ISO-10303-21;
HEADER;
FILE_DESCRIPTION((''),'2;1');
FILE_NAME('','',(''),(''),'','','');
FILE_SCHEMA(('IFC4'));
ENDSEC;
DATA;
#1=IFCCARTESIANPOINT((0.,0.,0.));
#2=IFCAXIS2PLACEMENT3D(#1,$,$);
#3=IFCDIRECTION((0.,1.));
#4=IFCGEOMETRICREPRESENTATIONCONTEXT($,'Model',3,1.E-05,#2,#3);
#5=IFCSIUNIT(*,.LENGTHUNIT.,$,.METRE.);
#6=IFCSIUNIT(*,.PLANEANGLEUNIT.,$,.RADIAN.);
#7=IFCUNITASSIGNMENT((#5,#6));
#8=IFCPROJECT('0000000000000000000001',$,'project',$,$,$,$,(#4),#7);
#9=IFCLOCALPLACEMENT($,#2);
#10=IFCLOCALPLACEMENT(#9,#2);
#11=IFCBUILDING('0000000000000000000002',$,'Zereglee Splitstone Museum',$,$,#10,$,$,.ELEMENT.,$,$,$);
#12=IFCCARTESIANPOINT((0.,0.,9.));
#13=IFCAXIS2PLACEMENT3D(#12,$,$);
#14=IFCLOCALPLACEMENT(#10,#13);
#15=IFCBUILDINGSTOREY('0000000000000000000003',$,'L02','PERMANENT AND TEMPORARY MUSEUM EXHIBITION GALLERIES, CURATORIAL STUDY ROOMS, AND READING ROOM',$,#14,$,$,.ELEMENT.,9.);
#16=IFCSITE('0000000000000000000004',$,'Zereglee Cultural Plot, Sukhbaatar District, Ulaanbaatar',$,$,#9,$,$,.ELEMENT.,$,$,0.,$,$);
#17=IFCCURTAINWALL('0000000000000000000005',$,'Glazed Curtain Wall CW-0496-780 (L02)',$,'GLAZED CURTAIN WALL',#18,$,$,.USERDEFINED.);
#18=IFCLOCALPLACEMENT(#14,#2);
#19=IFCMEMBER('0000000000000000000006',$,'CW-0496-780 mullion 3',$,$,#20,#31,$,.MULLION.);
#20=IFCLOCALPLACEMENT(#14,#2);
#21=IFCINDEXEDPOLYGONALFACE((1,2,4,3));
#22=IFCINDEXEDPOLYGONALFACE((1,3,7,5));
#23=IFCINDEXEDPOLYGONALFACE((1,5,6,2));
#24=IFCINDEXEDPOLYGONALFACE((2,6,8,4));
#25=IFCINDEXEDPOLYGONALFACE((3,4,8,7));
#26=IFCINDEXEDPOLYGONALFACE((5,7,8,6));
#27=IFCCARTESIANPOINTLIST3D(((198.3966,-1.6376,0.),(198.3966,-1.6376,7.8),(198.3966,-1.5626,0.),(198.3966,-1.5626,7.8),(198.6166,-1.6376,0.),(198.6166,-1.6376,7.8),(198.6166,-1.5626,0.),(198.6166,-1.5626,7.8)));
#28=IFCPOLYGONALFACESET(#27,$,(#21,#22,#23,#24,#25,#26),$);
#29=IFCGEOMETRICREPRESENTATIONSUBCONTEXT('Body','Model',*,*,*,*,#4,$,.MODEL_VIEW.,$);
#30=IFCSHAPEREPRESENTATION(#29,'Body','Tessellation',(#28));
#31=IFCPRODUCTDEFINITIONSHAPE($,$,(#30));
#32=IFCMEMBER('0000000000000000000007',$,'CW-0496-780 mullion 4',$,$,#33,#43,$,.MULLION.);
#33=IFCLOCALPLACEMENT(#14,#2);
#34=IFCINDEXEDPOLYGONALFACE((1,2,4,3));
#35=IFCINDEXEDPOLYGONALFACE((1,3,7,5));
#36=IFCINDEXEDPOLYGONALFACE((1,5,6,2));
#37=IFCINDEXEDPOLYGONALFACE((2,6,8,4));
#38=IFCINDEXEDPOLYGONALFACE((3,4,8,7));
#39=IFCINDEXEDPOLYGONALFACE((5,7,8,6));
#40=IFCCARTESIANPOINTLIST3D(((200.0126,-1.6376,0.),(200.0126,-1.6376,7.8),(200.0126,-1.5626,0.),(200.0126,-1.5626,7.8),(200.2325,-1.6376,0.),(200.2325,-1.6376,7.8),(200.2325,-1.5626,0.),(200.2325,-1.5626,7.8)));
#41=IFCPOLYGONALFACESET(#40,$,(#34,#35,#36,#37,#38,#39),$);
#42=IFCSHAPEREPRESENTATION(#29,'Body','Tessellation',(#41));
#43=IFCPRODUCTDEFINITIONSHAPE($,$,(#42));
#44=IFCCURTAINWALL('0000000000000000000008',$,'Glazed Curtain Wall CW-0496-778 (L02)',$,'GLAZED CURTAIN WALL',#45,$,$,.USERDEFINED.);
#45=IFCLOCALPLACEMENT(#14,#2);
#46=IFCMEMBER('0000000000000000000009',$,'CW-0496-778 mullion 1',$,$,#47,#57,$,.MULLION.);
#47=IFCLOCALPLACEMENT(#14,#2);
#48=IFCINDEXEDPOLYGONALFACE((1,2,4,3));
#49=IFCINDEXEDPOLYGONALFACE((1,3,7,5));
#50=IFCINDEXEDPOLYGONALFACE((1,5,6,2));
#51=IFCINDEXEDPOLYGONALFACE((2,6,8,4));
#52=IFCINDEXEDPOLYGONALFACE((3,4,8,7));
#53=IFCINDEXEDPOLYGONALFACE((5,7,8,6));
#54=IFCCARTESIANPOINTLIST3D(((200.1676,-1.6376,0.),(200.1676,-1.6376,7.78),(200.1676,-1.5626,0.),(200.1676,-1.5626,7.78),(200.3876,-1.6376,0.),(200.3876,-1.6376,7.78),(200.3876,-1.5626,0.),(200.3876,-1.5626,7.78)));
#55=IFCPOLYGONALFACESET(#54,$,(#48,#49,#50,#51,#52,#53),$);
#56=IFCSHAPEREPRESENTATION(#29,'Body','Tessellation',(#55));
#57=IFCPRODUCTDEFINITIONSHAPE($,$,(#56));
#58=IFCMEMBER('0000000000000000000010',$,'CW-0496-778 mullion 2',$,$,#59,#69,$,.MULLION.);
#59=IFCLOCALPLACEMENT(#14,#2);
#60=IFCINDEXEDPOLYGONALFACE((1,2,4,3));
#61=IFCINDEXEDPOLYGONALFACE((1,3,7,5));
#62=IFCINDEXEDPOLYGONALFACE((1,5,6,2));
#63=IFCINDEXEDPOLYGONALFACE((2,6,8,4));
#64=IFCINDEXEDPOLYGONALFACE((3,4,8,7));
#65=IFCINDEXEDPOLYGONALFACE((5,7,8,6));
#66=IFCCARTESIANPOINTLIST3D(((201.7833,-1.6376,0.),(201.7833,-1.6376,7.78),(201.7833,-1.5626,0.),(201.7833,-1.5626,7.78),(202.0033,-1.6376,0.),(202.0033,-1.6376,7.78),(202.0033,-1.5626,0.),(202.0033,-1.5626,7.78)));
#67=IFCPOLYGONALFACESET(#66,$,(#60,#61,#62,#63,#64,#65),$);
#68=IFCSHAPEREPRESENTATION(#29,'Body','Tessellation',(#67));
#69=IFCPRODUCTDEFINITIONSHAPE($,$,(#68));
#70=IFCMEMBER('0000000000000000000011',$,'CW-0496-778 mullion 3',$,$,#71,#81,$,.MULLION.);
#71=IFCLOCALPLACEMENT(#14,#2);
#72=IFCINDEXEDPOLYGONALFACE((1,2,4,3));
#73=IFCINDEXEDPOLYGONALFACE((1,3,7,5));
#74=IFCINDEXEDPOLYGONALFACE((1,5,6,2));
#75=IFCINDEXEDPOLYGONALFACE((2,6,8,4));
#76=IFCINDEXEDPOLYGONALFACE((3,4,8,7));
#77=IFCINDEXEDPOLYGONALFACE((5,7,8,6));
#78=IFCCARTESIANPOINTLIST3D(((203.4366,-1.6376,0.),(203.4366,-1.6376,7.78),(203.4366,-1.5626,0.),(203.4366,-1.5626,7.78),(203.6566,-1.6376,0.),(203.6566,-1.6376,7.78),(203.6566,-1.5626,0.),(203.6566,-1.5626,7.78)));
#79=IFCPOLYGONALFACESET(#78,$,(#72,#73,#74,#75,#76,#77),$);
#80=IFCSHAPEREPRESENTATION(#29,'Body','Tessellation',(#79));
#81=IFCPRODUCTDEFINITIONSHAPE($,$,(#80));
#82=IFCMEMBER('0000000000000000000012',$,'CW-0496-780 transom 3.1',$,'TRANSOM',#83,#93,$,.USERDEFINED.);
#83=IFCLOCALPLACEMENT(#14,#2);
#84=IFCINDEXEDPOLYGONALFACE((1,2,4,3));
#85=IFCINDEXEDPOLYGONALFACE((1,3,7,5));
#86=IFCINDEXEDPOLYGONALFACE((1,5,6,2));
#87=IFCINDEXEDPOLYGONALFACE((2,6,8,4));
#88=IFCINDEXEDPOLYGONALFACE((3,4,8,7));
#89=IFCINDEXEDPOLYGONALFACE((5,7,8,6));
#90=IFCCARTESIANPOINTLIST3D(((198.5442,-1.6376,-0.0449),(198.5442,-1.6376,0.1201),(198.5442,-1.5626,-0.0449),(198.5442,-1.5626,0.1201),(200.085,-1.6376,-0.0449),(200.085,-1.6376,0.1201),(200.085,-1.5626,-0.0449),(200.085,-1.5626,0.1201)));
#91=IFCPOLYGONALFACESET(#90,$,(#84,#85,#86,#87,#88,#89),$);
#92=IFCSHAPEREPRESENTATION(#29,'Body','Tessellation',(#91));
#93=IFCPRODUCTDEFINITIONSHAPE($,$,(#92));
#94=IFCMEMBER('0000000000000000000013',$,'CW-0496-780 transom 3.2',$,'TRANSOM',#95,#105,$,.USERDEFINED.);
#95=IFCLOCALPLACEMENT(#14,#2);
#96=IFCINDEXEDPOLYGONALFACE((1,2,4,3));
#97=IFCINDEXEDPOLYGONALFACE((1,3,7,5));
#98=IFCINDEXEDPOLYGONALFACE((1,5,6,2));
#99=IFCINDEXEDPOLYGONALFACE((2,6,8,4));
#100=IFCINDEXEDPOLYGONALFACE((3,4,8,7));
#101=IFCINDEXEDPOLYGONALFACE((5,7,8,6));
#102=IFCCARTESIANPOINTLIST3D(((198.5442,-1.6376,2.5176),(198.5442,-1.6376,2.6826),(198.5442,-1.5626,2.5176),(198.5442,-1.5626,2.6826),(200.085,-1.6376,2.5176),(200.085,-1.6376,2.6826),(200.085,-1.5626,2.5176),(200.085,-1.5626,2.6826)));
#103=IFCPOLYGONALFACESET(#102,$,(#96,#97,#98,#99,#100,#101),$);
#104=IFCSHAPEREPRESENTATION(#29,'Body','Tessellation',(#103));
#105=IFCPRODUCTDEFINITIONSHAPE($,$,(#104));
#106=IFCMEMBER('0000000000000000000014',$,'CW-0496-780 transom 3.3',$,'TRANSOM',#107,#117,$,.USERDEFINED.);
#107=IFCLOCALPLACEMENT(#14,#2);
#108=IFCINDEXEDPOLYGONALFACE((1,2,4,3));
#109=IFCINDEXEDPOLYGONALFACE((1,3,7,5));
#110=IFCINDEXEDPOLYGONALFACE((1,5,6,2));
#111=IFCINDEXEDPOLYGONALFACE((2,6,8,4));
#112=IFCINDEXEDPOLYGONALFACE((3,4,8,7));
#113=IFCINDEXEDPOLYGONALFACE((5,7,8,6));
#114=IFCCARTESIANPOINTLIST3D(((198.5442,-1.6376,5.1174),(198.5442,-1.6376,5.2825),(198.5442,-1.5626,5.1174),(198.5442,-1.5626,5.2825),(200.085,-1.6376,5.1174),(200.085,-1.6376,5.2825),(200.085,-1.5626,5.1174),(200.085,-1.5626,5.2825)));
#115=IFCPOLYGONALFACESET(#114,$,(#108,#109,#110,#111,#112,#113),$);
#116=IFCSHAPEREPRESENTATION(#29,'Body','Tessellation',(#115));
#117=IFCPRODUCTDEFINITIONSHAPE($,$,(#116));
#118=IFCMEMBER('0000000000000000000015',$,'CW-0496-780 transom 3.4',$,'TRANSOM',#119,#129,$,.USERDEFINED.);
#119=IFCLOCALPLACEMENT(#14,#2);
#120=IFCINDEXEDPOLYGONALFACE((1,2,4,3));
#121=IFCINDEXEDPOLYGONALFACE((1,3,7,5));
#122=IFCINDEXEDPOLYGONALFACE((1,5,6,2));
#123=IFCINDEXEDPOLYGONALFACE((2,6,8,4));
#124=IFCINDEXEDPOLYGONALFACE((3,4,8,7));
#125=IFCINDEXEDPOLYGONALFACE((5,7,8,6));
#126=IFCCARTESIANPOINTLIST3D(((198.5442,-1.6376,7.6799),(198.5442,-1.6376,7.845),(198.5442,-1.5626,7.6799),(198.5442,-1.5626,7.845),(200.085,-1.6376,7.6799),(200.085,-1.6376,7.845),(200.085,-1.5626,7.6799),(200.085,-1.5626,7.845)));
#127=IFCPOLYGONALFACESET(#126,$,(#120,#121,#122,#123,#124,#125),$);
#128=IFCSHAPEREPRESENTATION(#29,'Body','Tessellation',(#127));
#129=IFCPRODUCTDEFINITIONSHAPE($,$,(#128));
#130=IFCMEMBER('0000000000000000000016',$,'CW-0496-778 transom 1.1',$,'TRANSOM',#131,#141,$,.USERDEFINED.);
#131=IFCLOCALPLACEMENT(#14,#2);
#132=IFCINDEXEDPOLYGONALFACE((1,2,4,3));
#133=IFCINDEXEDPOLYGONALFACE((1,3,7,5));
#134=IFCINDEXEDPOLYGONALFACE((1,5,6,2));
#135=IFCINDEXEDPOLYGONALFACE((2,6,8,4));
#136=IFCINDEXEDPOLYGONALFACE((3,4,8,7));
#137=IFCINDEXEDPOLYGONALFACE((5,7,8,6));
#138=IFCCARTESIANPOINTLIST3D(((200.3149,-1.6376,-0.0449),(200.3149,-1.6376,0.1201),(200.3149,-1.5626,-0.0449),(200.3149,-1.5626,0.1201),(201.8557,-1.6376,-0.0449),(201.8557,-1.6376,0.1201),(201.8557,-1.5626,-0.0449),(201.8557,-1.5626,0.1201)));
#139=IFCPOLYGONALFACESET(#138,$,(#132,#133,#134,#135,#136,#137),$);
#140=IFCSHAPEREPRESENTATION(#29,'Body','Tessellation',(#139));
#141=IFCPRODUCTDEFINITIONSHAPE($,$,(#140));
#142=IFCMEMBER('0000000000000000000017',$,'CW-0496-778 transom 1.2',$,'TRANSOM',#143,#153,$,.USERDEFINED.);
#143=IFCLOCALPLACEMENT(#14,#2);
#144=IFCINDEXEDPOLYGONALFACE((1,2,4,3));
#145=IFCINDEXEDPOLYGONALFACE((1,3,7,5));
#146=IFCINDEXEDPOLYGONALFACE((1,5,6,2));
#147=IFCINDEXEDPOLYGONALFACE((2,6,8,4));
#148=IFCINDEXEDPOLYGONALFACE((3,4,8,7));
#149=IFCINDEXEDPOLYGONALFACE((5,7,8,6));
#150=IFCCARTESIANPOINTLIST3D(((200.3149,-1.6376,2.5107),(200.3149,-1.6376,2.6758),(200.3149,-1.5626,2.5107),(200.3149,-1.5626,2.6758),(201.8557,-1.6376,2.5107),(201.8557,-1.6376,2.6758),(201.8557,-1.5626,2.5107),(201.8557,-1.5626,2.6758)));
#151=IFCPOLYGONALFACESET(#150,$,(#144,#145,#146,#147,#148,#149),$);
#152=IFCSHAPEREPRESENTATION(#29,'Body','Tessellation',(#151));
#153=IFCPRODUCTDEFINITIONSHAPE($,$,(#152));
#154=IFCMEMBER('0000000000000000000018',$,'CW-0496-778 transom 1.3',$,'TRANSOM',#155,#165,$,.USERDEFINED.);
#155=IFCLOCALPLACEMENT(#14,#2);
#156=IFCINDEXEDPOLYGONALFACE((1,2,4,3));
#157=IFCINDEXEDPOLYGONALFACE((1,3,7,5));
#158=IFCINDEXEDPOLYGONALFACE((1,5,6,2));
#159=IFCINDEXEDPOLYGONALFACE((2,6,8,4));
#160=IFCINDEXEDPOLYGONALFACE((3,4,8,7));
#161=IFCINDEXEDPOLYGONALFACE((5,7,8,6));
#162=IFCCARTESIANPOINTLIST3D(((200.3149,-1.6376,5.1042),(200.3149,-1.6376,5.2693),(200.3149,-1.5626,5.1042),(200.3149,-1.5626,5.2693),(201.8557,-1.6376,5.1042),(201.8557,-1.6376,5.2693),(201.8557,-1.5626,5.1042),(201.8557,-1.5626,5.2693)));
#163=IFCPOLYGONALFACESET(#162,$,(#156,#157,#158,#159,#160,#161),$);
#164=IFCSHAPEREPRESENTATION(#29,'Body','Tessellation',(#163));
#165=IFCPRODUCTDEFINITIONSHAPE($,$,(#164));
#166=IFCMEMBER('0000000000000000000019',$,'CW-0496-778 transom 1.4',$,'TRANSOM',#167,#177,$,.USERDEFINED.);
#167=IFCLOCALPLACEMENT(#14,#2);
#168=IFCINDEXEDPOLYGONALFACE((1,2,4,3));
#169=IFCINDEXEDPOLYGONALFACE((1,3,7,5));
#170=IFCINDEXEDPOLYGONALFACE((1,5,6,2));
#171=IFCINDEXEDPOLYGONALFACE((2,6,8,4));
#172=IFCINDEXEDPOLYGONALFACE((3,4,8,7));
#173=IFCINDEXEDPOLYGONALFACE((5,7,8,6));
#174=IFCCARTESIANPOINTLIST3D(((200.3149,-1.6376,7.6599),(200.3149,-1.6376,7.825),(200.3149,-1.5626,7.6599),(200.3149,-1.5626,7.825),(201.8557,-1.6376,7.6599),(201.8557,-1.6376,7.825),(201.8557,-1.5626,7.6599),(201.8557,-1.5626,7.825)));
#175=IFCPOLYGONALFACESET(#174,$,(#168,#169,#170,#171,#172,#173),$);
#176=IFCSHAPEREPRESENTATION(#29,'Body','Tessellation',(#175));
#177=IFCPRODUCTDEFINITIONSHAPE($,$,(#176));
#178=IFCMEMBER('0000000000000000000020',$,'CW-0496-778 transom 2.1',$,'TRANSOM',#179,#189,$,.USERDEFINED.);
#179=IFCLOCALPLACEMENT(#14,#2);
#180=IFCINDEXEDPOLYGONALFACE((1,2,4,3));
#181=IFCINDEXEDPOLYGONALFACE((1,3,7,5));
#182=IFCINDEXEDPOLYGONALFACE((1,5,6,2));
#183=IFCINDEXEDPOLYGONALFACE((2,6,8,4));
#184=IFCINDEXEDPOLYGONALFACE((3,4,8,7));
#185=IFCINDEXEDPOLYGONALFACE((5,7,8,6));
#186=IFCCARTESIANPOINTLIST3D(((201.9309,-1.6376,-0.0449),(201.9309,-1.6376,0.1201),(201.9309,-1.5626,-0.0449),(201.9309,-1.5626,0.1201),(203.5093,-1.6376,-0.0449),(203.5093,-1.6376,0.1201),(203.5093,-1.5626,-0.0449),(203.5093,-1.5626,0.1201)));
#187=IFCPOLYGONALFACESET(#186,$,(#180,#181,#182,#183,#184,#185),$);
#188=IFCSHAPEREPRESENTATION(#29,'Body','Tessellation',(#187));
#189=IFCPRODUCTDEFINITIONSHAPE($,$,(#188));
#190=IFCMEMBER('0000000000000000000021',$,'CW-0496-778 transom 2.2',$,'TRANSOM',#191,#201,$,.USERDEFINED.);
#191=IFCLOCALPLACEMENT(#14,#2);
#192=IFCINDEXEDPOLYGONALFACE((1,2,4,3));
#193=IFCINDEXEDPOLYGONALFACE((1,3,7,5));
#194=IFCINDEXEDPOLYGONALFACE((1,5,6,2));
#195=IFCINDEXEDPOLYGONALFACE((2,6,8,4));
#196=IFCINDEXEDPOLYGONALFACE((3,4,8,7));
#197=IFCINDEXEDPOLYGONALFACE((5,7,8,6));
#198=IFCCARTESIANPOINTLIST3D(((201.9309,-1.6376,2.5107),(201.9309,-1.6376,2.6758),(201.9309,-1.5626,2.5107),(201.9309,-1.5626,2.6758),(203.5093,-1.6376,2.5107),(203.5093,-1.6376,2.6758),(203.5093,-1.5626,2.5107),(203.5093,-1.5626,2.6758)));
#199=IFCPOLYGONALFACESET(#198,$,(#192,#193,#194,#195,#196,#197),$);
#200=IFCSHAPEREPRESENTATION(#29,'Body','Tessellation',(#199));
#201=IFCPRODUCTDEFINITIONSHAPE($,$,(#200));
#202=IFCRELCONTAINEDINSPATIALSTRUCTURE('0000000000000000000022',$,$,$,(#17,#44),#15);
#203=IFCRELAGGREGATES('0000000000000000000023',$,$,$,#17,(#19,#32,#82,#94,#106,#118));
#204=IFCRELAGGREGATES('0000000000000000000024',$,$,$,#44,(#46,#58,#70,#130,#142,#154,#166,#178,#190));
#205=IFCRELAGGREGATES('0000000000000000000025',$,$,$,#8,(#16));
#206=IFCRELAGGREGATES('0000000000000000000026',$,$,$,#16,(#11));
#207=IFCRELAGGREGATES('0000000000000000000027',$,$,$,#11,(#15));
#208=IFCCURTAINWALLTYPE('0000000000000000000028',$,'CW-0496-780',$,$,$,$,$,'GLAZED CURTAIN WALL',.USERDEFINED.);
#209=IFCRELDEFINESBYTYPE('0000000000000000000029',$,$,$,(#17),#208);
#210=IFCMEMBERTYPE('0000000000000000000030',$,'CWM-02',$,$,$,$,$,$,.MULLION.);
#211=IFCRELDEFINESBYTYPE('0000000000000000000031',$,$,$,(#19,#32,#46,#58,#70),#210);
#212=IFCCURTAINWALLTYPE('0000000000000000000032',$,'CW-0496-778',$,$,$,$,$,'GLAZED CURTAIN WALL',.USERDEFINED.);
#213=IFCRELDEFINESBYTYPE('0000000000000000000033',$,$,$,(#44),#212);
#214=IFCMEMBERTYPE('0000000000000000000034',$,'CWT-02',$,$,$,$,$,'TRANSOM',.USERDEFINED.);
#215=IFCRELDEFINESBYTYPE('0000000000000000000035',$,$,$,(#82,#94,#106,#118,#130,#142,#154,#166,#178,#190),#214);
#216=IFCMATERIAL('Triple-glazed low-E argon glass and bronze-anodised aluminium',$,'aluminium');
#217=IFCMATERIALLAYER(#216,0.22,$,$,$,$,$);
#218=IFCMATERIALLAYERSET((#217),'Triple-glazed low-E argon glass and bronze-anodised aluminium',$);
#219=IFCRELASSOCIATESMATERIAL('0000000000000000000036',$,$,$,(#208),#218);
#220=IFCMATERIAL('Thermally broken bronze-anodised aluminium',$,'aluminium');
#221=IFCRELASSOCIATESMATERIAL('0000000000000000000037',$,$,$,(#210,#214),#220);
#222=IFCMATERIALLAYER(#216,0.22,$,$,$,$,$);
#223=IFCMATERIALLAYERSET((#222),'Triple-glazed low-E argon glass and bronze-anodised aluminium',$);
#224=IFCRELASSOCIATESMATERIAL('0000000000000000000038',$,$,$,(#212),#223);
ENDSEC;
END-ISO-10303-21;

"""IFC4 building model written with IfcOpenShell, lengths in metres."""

from ifc_helpers import new_model, si_unit, direction, frame, origin, origin_2d, place, context, subcontext, project, spatial, rectangle, extrude, material, layer, layer_set, material_profile, profile_set, type_object, element, aggregate, save


model = new_model("IFC4")

# Units and contexts
model_context = context("Model", 3, precision=1e-05, world=origin(), true_north=direction((0.0, 1.0)))
body_context = subcontext(model_context, "Body", "Model", "MODEL_VIEW")
ifc_project = project(units=[si_unit("LENGTHUNIT", "METRE"), si_unit("PLANEANGLEUNIT", "RADIAN")], contexts=[model_context])

# Site, building, storey
site_placement = place(None, origin())
site = spatial("IfcSite", under=ifc_project, at=site_placement, Name="Zereglee Cultural Plot, Sukhbaatar District, Ulaanbaatar", CompositionType="ELEMENT", RefElevation=0.0)
building_placement = place(site_placement, origin())
building = spatial("IfcBuilding", under=site, at=building_placement, Name="Zereglee Splitstone Museum", CompositionType="ELEMENT")
storey_placement = place(building_placement, frame((0.0, 0.0, 9.0)))
storey = spatial("IfcBuildingStorey", under=building, at=storey_placement, Name="L02", Description="PERMANENT AND TEMPORARY MUSEUM EXHIBITION GALLERIES, CURATORIAL STUDY ROOMS, AND READING ROOM", CompositionType="ELEMENT", Elevation=9.0)

# Curtain walls, members
ifc_material_1 = material(Name="Triple-glazed low-E argon glass and bronze-anodised aluminium", Category="aluminium")
ifc_layer_1 = layer(ifc_material_1, 0.22)
ifc_layer_set_1 = layer_set([ifc_layer_1], Name="Triple-glazed low-E argon glass and bronze-anodised aluminium")
curtain_wall_type_1 = type_object("IfcCurtainWallType", Name="CW-0496-780", ElementType="GLAZED CURTAIN WALL", PredefinedType="USERDEFINED", material=ifc_layer_set_1)
curtain_wall_1_placement = place(storey_placement, origin())
curtain_wall_1 = element("IfcCurtainWall", 1, at=curtain_wall_1_placement, inside=storey, type_object=curtain_wall_type_1, Name="Glazed Curtain Wall CW-0496-780 (L02)", ObjectType="GLAZED CURTAIN WALL", PredefinedType="USERDEFINED")
ifc_material_2 = material(Name="Thermally broken bronze-anodised aluminium", Category="aluminium")
ifc_material_profile_1 = material_profile(ifc_material_2, rectangle(XDim=0.075, YDim=0.22, at=origin_2d()), Name="CW MULL 75x220")
ifc_profile_set_1 = profile_set([ifc_material_profile_1], Name="Thermally broken bronze-anodised aluminium")
member_type_1 = type_object("IfcMemberType", Name="CWM-02", PredefinedType="MULLION", material=ifc_profile_set_1)
member_1_placement = place(storey_placement, frame((198.5066, -1.6001, 0.0), z_axis=(0.0, 0.0, 1.0), x_axis=(0.0, 1.0, 0.0)))
member_1 = element("IfcMember", 2, at=member_1_placement, type_object=member_type_1, Name="CW-0496-780 mullion 3", PredefinedType="MULLION", context=body_context, shape_type="SweptSolid", body=[
    extrude(rectangle(XDim=0.075, YDim=0.22, at=origin_2d()), origin(), (0.0, 0.0, 1.0), 7.8),
])
member_2_placement = place(storey_placement, frame((200.1226, -1.6001, 0.0), z_axis=(0.0, 0.0, 1.0), x_axis=(0.0, 1.0, 0.0)))
member_2 = element("IfcMember", 3, at=member_2_placement, type_object=member_type_1, Name="CW-0496-780 mullion 4", PredefinedType="MULLION", context=body_context, shape_type="SweptSolid", body=[
    extrude(rectangle(XDim=0.075, YDim=0.22, at=origin_2d()), origin(), (0.0, 0.0, 1.0), 7.8),
])
ifc_layer_2 = layer(ifc_material_1, 0.22)
ifc_layer_set_2 = layer_set([ifc_layer_2], Name="Triple-glazed low-E argon glass and bronze-anodised aluminium")
curtain_wall_type_2 = type_object("IfcCurtainWallType", Name="CW-0496-778", ElementType="GLAZED CURTAIN WALL", PredefinedType="USERDEFINED", material=ifc_layer_set_2)
curtain_wall_2_placement = place(storey_placement, origin())
curtain_wall_2 = element("IfcCurtainWall", 4, at=curtain_wall_2_placement, inside=storey, type_object=curtain_wall_type_2, Name="Glazed Curtain Wall CW-0496-778 (L02)", ObjectType="GLAZED CURTAIN WALL", PredefinedType="USERDEFINED")
member_3_placement = place(storey_placement, frame((200.2776, -1.6001, 0.0), z_axis=(0.0, 0.0, 1.0), x_axis=(0.0, 1.0, 0.0)))
member_3 = element("IfcMember", 5, at=member_3_placement, type_object=member_type_1, Name="CW-0496-778 mullion 1", PredefinedType="MULLION", context=body_context, shape_type="SweptSolid", body=[
    extrude(rectangle(XDim=0.075, YDim=0.22, at=origin_2d()), origin(), (0.0, 0.0, 1.0), 7.78),
])
member_4_placement = place(storey_placement, frame((201.8933, -1.6001, 0.0), z_axis=(0.0, 0.0, 1.0), x_axis=(0.0, 1.0, 0.0)))
member_4 = element("IfcMember", 6, at=member_4_placement, type_object=member_type_1, Name="CW-0496-778 mullion 2", PredefinedType="MULLION", context=body_context, shape_type="SweptSolid", body=[
    extrude(rectangle(XDim=0.075, YDim=0.22, at=origin_2d()), origin(), (0.0, 0.0, 1.0), 7.78),
])
member_5_placement = place(storey_placement, frame((203.5466, -1.6001, 0.0), z_axis=(0.0, 0.0, 1.0), x_axis=(0.0, 1.0, 0.0)))
member_5 = element("IfcMember", 7, at=member_5_placement, type_object=member_type_1, Name="CW-0496-778 mullion 3", PredefinedType="MULLION", context=body_context, shape_type="SweptSolid", body=[
    extrude(rectangle(XDim=0.075, YDim=0.22, at=origin_2d()), origin(), (0.0, 0.0, 1.0), 7.78),
])

# Members
ifc_material_profile_2 = material_profile(ifc_material_2, rectangle(XDim=0.075, YDim=0.165, at=origin_2d()), Name="CW TRAN 75x165")
ifc_profile_set_2 = profile_set([ifc_material_profile_2], Name="Thermally broken bronze-anodised aluminium")
member_type_2 = type_object("IfcMemberType", Name="CWT-02", ElementType="TRANSOM", PredefinedType="USERDEFINED", material=ifc_profile_set_2)
member_6_placement = place(storey_placement, frame((198.5442, -1.6001, 0.0376), z_axis=(1.0, 0.0, 0.0), x_axis=(0.0, 1.0, 0.0)))
member_6 = element("IfcMember", 8, at=member_6_placement, type_object=member_type_2, Name="CW-0496-780 transom 3.1", ObjectType="TRANSOM", PredefinedType="USERDEFINED", context=body_context, shape_type="SweptSolid", body=[
    extrude(rectangle(XDim=0.075, YDim=0.165, at=origin_2d()), origin(), (0.0, 0.0, 1.0), 1.5408),
])
member_7_placement = place(storey_placement, frame((198.5442, -1.6001, 2.6001), z_axis=(1.0, 0.0, 0.0), x_axis=(0.0, 1.0, 0.0)))
member_7 = element("IfcMember", 9, at=member_7_placement, type_object=member_type_2, Name="CW-0496-780 transom 3.2", ObjectType="TRANSOM", PredefinedType="USERDEFINED", context=body_context, shape_type="SweptSolid", body=[
    extrude(rectangle(XDim=0.075, YDim=0.165, at=origin_2d()), origin(), (0.0, 0.0, 1.0), 1.5408),
])
member_8_placement = place(storey_placement, frame((198.5442, -1.6001, 5.2), z_axis=(1.0, 0.0, 0.0), x_axis=(0.0, 1.0, 0.0)))
member_8 = element("IfcMember", 10, at=member_8_placement, type_object=member_type_2, Name="CW-0496-780 transom 3.3", ObjectType="TRANSOM", PredefinedType="USERDEFINED", context=body_context, shape_type="SweptSolid", body=[
    extrude(rectangle(XDim=0.075, YDim=0.165, at=origin_2d()), origin(), (0.0, 0.0, 1.0), 1.5408),
])
member_9_placement = place(storey_placement, frame((198.5442, -1.6001, 7.7625), z_axis=(1.0, 0.0, 0.0), x_axis=(0.0, 1.0, 0.0)))
member_9 = element("IfcMember", 11, at=member_9_placement, type_object=member_type_2, Name="CW-0496-780 transom 3.4", ObjectType="TRANSOM", PredefinedType="USERDEFINED", context=body_context, shape_type="SweptSolid", body=[
    extrude(rectangle(XDim=0.075, YDim=0.165, at=origin_2d()), origin(), (0.0, 0.0, 1.0), 1.5408),
])
member_10_placement = place(storey_placement, frame((200.3149, -1.6001, 0.0376), z_axis=(1.0, 0.0, 0.0), x_axis=(0.0, 1.0, 0.0)))
member_10 = element("IfcMember", 12, at=member_10_placement, type_object=member_type_2, Name="CW-0496-778 transom 1.1", ObjectType="TRANSOM", PredefinedType="USERDEFINED", context=body_context, shape_type="SweptSolid", body=[
    extrude(rectangle(XDim=0.075, YDim=0.165, at=origin_2d()), origin(), (0.0, 0.0, 1.0), 1.5408),
])
member_11_placement = place(storey_placement, frame((200.3149, -1.6001, 2.5933), z_axis=(1.0, 0.0, 0.0), x_axis=(0.0, 1.0, 0.0)))
member_11 = element("IfcMember", 13, at=member_11_placement, type_object=member_type_2, Name="CW-0496-778 transom 1.2", ObjectType="TRANSOM", PredefinedType="USERDEFINED", context=body_context, shape_type="SweptSolid", body=[
    extrude(rectangle(XDim=0.075, YDim=0.165, at=origin_2d()), origin(), (0.0, 0.0, 1.0), 1.5408),
])
member_12_placement = place(storey_placement, frame((200.3149, -1.6001, 5.1868), z_axis=(1.0, 0.0, 0.0), x_axis=(0.0, 1.0, 0.0)))
member_12 = element("IfcMember", 14, at=member_12_placement, type_object=member_type_2, Name="CW-0496-778 transom 1.3", ObjectType="TRANSOM", PredefinedType="USERDEFINED", context=body_context, shape_type="SweptSolid", body=[
    extrude(rectangle(XDim=0.075, YDim=0.165, at=origin_2d()), origin(), (0.0, 0.0, 1.0), 1.5408),
])
member_13_placement = place(storey_placement, frame((200.3149, -1.6001, 7.7424), z_axis=(1.0, 0.0, 0.0), x_axis=(0.0, 1.0, 0.0)))
member_13 = element("IfcMember", 15, at=member_13_placement, type_object=member_type_2, Name="CW-0496-778 transom 1.4", ObjectType="TRANSOM", PredefinedType="USERDEFINED", context=body_context, shape_type="SweptSolid", body=[
    extrude(rectangle(XDim=0.075, YDim=0.165, at=origin_2d()), origin(), (0.0, 0.0, 1.0), 1.5408),
])
member_14_placement = place(storey_placement, frame((201.9309, -1.6001, 0.0376), z_axis=(1.0, 0.0, 0.0), x_axis=(0.0, 1.0, 0.0)))
member_14 = element("IfcMember", 16, at=member_14_placement, type_object=member_type_2, Name="CW-0496-778 transom 2.1", ObjectType="TRANSOM", PredefinedType="USERDEFINED", context=body_context, shape_type="SweptSolid", body=[
    extrude(rectangle(XDim=0.075, YDim=0.165, at=origin_2d()), origin(), (0.0, 0.0, 1.0), 1.5784),
])
member_15_placement = place(storey_placement, frame((201.9309, -1.6001, 2.5933), z_axis=(1.0, 0.0, 0.0), x_axis=(0.0, 1.0, 0.0)))
member_15 = element("IfcMember", 17, at=member_15_placement, type_object=member_type_2, Name="CW-0496-778 transom 2.2", ObjectType="TRANSOM", PredefinedType="USERDEFINED", context=body_context, shape_type="SweptSolid", body=[
    extrude(rectangle(XDim=0.075, YDim=0.165, at=origin_2d()), origin(), (0.0, 0.0, 1.0), 1.5784),
])

aggregate(curtain_wall_1, [member_1, member_2, member_6, member_7, member_8, member_9])
aggregate(curtain_wall_2, [member_3, member_4, member_5, member_10, member_11, member_12, member_13, member_14, member_15])

save(model, "model.ifc")
